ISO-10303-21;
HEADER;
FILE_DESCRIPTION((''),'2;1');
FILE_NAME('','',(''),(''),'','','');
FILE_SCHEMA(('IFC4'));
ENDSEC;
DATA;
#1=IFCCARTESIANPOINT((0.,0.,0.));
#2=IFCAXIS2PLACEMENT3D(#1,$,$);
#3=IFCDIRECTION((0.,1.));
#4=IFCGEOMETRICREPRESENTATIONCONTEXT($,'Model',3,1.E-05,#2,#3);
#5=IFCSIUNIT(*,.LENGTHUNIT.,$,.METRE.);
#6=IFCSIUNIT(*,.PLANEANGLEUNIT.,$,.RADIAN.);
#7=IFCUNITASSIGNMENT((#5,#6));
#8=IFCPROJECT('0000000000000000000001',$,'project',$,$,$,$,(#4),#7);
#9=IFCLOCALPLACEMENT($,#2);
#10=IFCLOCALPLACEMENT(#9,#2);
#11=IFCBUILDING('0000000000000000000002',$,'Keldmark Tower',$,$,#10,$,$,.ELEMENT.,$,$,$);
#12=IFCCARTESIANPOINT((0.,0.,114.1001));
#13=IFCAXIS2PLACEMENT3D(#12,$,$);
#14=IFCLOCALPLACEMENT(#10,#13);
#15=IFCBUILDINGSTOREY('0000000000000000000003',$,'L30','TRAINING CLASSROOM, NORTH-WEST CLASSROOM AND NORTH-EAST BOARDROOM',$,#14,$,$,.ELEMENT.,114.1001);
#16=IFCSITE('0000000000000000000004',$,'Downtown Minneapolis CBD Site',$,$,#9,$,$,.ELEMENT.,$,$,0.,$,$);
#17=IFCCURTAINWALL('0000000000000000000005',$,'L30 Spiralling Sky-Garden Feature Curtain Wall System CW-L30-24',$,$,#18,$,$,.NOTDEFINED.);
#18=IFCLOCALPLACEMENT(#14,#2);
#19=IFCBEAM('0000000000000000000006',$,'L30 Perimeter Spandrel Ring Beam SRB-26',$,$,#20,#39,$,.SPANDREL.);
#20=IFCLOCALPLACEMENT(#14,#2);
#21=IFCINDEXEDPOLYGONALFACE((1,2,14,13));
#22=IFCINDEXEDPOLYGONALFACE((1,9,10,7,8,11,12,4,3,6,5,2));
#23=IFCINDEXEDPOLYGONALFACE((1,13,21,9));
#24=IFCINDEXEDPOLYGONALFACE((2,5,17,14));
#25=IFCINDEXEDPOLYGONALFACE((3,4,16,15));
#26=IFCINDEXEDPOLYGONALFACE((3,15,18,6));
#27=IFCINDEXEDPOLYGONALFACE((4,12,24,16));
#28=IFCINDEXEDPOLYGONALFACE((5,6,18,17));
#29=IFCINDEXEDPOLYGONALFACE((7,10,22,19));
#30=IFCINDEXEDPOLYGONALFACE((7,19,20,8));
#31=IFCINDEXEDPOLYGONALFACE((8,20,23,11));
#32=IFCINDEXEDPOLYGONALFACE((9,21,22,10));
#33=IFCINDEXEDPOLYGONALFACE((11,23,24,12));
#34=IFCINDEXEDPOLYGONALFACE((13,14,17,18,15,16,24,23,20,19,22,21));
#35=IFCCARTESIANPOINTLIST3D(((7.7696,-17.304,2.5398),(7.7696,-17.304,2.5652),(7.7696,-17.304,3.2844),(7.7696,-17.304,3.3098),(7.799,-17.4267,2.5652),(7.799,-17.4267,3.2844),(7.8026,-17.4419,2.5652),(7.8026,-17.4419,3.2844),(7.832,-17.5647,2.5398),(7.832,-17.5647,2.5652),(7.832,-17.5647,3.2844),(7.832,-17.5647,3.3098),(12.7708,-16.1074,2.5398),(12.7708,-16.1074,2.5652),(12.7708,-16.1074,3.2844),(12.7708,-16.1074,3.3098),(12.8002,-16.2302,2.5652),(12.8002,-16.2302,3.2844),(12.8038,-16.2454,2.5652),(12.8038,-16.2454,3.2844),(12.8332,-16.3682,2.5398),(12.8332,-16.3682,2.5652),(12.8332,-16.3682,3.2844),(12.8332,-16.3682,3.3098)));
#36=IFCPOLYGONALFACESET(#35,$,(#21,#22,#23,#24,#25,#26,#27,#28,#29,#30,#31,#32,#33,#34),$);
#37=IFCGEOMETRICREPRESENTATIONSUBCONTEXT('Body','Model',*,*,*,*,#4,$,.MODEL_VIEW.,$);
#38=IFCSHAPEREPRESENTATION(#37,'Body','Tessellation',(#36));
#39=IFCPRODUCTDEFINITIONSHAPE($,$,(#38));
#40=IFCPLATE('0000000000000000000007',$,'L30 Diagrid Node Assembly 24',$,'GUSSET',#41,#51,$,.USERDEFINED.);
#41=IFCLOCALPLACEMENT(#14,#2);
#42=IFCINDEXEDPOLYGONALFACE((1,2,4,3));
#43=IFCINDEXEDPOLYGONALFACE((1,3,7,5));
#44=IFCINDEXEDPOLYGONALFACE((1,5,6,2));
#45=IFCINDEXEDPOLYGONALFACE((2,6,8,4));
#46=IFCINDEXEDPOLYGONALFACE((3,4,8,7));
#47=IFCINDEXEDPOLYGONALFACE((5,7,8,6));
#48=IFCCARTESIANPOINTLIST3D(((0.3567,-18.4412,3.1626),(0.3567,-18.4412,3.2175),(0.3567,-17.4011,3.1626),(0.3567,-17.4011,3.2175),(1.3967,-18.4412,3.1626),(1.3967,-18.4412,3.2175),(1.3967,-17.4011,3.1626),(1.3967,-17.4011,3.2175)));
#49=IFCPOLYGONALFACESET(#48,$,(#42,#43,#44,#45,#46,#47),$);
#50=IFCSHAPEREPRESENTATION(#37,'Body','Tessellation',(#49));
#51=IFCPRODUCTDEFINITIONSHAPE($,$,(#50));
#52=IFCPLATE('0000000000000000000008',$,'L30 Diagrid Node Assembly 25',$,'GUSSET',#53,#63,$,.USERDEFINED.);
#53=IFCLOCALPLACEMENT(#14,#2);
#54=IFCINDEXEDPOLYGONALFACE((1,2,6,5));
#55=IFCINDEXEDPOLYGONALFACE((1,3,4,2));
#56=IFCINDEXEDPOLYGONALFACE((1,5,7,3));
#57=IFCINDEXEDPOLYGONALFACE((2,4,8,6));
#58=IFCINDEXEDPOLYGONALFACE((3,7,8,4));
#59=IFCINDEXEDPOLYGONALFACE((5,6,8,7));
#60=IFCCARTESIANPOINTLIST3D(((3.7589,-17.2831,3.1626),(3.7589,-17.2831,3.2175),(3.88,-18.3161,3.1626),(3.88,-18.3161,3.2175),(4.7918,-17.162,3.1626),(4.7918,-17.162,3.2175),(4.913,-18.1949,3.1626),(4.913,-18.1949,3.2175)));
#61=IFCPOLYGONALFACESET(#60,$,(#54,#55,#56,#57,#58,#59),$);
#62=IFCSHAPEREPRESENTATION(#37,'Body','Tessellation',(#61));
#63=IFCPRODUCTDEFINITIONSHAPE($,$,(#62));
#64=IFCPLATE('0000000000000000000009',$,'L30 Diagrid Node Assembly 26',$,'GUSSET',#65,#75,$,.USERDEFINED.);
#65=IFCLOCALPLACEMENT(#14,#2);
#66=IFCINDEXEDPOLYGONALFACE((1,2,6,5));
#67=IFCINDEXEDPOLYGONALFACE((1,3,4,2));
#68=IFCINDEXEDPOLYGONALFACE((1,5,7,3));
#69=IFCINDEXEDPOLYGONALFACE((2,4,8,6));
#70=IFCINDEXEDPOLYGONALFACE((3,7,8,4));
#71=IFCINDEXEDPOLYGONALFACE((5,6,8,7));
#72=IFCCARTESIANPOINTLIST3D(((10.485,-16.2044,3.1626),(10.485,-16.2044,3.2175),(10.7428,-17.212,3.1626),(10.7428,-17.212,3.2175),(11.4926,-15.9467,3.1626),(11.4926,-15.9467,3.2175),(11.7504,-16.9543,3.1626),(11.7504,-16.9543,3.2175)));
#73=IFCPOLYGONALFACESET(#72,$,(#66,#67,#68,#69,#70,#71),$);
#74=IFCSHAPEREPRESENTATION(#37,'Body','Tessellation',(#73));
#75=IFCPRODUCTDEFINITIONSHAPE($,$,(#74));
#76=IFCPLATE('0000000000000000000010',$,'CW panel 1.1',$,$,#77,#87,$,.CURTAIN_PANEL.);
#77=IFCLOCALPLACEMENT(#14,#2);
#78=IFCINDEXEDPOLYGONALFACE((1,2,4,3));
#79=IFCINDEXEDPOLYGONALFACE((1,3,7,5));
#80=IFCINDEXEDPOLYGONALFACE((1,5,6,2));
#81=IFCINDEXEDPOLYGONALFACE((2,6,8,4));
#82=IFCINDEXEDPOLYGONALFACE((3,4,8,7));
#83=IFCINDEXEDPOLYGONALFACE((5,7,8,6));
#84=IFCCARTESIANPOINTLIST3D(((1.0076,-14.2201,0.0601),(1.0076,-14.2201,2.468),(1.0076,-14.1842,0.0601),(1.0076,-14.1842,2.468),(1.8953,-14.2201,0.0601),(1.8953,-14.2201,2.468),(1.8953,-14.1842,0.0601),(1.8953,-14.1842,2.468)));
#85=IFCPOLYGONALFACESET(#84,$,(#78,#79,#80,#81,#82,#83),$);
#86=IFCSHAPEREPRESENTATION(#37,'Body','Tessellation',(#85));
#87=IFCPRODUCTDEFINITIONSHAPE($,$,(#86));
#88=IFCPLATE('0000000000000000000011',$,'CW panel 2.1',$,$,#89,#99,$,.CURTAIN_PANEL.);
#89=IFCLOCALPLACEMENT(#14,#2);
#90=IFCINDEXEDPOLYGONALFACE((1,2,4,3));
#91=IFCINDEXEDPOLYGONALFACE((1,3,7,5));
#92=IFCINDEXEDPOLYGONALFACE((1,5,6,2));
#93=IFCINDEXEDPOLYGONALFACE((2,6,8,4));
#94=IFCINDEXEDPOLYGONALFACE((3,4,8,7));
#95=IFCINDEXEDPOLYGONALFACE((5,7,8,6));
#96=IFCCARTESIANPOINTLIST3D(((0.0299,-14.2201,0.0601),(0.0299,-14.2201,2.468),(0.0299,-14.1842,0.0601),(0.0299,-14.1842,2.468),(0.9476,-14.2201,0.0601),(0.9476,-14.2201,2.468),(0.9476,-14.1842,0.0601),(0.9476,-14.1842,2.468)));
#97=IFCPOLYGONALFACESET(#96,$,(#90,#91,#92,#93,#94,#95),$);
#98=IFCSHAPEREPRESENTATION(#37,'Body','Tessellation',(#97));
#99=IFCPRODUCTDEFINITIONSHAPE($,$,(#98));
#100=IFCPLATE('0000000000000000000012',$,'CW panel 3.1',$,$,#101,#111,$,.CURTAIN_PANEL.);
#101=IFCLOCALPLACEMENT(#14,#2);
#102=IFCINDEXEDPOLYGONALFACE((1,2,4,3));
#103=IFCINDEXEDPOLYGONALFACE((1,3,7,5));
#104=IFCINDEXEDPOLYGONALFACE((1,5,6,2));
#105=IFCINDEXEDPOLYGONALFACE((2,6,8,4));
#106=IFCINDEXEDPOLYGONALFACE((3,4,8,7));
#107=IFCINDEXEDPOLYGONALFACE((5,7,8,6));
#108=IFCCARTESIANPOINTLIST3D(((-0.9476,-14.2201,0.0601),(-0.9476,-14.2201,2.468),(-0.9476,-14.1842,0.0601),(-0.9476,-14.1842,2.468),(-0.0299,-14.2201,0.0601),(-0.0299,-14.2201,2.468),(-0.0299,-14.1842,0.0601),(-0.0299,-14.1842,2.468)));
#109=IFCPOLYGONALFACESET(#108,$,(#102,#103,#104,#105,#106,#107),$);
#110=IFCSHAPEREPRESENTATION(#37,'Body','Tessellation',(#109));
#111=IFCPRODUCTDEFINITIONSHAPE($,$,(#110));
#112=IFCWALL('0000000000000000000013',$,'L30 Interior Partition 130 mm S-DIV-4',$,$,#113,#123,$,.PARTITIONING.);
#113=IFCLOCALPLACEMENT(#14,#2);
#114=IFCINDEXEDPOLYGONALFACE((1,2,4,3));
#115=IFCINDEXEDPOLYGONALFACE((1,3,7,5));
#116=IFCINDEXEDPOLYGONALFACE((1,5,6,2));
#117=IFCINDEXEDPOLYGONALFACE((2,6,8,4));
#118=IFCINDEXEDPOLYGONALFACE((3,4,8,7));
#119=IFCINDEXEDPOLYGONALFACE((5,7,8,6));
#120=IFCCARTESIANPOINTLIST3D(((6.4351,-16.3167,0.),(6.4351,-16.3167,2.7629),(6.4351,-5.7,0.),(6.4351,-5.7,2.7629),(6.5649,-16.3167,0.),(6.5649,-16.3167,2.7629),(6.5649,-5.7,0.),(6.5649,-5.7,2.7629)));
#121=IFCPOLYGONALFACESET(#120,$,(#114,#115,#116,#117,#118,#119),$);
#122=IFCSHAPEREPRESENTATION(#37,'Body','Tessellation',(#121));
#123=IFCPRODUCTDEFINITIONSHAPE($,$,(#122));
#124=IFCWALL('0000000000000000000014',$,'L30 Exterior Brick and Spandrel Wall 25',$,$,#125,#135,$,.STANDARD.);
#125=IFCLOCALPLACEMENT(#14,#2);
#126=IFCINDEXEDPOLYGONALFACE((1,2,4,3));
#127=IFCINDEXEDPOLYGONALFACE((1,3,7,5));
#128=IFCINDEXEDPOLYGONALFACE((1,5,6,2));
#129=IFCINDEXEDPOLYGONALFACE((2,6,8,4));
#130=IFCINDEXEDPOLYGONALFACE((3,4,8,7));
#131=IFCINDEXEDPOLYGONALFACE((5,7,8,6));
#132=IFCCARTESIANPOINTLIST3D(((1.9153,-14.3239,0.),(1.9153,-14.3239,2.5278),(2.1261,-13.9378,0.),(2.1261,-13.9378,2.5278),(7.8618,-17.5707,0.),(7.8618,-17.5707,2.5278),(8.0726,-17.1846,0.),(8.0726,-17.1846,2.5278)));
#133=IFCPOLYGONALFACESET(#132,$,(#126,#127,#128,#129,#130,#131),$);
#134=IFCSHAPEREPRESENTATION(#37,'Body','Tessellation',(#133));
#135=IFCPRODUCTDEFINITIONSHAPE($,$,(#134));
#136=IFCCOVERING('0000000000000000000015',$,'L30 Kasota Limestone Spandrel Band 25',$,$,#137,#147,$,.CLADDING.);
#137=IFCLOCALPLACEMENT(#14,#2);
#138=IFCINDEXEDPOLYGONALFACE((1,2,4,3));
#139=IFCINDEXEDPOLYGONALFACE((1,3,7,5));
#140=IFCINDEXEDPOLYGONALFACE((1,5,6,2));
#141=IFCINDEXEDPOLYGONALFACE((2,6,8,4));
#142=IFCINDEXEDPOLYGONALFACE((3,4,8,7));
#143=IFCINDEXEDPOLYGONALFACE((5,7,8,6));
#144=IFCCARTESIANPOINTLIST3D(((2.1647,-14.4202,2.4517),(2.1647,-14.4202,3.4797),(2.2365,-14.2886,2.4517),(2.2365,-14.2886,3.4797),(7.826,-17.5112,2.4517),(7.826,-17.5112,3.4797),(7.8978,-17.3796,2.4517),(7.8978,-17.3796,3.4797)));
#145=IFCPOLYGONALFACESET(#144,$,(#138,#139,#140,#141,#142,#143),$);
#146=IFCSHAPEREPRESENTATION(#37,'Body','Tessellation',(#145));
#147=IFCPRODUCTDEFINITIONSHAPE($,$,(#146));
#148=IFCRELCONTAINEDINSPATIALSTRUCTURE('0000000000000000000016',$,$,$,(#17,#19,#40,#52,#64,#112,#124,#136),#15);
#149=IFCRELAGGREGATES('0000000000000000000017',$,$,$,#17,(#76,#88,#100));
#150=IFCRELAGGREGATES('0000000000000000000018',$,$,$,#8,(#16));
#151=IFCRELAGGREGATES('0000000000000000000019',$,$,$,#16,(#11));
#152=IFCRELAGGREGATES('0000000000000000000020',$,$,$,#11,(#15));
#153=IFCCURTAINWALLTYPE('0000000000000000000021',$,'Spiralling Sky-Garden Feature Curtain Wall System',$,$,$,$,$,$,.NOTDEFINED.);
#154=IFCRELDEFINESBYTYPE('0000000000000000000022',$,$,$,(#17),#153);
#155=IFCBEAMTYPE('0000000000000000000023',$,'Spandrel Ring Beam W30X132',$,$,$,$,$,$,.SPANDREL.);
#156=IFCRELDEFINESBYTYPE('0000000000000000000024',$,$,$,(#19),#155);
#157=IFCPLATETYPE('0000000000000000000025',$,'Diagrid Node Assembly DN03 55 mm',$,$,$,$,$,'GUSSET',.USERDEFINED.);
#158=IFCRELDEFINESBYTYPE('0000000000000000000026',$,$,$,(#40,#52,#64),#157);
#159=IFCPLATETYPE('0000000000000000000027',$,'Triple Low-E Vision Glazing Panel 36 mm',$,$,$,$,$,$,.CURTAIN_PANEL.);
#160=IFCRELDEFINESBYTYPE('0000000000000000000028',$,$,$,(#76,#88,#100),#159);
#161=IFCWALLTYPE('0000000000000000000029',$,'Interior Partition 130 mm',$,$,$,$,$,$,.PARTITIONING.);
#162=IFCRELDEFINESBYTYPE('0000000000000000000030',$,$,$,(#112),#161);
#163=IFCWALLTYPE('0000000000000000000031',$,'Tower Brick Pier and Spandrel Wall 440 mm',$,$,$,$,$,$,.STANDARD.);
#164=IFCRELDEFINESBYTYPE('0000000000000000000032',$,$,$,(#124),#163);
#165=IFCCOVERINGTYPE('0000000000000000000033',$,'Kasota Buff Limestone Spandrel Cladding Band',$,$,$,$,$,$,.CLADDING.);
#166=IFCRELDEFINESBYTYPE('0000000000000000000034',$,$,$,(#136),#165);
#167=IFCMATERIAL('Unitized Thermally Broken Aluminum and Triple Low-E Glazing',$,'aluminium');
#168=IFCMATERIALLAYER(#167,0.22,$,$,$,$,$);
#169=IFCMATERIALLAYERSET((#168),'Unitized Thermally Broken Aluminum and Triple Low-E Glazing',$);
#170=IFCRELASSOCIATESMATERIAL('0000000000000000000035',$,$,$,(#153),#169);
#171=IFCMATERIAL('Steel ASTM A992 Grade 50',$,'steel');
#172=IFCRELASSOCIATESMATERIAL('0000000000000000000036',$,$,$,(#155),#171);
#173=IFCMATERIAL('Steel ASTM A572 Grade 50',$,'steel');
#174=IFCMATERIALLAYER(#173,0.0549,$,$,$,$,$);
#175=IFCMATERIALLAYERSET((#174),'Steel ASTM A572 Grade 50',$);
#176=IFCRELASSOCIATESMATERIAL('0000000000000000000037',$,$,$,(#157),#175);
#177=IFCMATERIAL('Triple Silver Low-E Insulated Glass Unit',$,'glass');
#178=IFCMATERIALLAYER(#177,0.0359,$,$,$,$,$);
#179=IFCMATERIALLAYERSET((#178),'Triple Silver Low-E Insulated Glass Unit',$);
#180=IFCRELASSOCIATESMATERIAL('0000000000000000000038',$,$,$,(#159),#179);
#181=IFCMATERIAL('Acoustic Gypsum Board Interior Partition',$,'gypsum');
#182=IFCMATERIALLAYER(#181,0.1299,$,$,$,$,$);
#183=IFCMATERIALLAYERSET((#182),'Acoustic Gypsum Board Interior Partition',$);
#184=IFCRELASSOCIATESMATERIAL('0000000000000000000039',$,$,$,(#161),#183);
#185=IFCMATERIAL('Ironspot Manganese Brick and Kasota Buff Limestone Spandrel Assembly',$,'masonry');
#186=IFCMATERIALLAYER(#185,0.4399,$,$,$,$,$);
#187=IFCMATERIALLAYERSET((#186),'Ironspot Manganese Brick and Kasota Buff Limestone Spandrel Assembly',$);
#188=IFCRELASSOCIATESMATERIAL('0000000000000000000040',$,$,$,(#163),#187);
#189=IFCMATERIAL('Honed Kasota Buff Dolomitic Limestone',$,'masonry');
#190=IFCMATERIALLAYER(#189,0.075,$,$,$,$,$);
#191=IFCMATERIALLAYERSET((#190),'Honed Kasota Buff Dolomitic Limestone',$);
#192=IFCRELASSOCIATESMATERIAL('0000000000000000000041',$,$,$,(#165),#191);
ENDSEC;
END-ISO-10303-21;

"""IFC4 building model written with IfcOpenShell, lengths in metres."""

from ifc_helpers import new_model, si_unit, direction, frame, frame_2d, origin, origin_2d, place, context, subcontext, project, spatial, rectangle, i_section, extrude, material, layer, layer_set, material_profile, profile_set, type_object, element, aggregate, save


model = new_model("IFC4")

# Units and contexts
model_context = context("Model", 3, precision=1e-05, world=origin(), true_north=direction((0.0, 1.0)))
body_context = subcontext(model_context, "Body", "Model", "MODEL_VIEW")
ifc_project = project(units=[si_unit("LENGTHUNIT", "METRE"), si_unit("PLANEANGLEUNIT", "RADIAN")], contexts=[model_context])

# Site, building, storey
site_placement = place(None, origin())
site = spatial("IfcSite", under=ifc_project, at=site_placement, Name="Downtown Minneapolis CBD Site", CompositionType="ELEMENT", RefElevation=0.0)
building_placement = place(site_placement, origin())
building = spatial("IfcBuilding", under=site, at=building_placement, Name="Keldmark Tower", CompositionType="ELEMENT")
storey_placement = place(building_placement, frame((0.0, 0.0, 114.1001)))
storey = spatial("IfcBuildingStorey", under=building, at=storey_placement, Name="L30", Description="TRAINING CLASSROOM, NORTH-WEST CLASSROOM AND NORTH-EAST BOARDROOM", CompositionType="ELEMENT", Elevation=114.1001)

# Curtain wall
ifc_material_1 = material(Name="Unitized Thermally Broken Aluminum and Triple Low-E Glazing", Category="aluminium")
ifc_layer_1 = layer(ifc_material_1, 0.22)
ifc_layer_set_1 = layer_set([ifc_layer_1], Name="Unitized Thermally Broken Aluminum and Triple Low-E Glazing")
curtain_wall_type = type_object("IfcCurtainWallType", Name="Spiralling Sky-Garden Feature Curtain Wall System", PredefinedType="NOTDEFINED", material=ifc_layer_set_1)
curtain_wall_placement = place(storey_placement, origin())
curtain_wall = element("IfcCurtainWall", 1, at=curtain_wall_placement, inside=storey, type_object=curtain_wall_type, Name="L30 Spiralling Sky-Garden Feature Curtain Wall System CW-L30-24", PredefinedType="NOTDEFINED")

# Beam
ifc_material_2 = material(Name="Steel ASTM A992 Grade 50", Category="steel")
ifc_material_profile_1 = material_profile(ifc_material_2, i_section(OverallWidth=0.2681, OverallDepth=0.77, WebThickness=0.0156, FlangeThickness=0.0254, at=origin_2d()), Name="W30X132")
ifc_profile_set_1 = profile_set([ifc_material_profile_1], Name="Steel ASTM A992 Grade 50")
beam_type_1 = type_object("IfcBeamType", Name="Spandrel Ring Beam W30X132", PredefinedType="SPANDREL", material=ifc_profile_set_1)
beam_1_placement = place(storey_placement, frame((7.8008, -17.4343, 2.9248), z_axis=(0.972553, 0.232682, 0.0), x_axis=(-0.232682, 0.972553, 0.0)))
element("IfcBeam", 2, at=beam_1_placement, inside=storey, type_object=beam_type_1, Name="L30 Perimeter Spandrel Ring Beam SRB-26", PredefinedType="SPANDREL", context=body_context, shape_type="SweptSolid", body=[
    extrude(i_section(OverallWidth=0.2681, OverallDepth=0.77, WebThickness=0.0156, FlangeThickness=0.0254, at=origin_2d()), origin(), (0.0, 0.0, 1.0), 5.1423),
])

# Plates
ifc_material_3 = material(Name="Steel ASTM A572 Grade 50", Category="steel")
ifc_layer_2 = layer(ifc_material_3, 0.0549)
ifc_layer_set_2 = layer_set([ifc_layer_2], Name="Steel ASTM A572 Grade 50")
plate_type_1 = type_object("IfcPlateType", Name="Diagrid Node Assembly DN03 55 mm", ElementType="GUSSET", PredefinedType="USERDEFINED", material=ifc_layer_set_2)
for number, where, z_axis, x_axis, name in (
    (3, (0.8767, -17.9211, 3.1626), (0.0, 0.0, 1.0), (1.0, 0.0, 0.0), "L30 Diagrid Node Assembly 24"),
    (4, (4.3359, -17.739, 3.1626), (0.0, 0.0, 1.0), (0.993191, 0.116497, 0.0), "L30 Diagrid Node Assembly 25"),
    (5, (11.1177, -16.5793, 3.1626), (0.0, 0.0, 1.0), (0.9688, 0.247845, 0.0), "L30 Diagrid Node Assembly 26"),
):
    element("IfcPlate", number, at=place(storey_placement, frame(where, z_axis=z_axis, x_axis=x_axis)), inside=storey, type_object=plate_type_1, Name=name, ObjectType="GUSSET", PredefinedType="USERDEFINED", context=body_context, shape_type="SweptSolid", body=[
        extrude(rectangle(XDim=1.04, YDim=1.04, at=origin_2d()), origin(), (0.0, 0.0, 1.0), 0.0549),
    ])

# Plates
ifc_material_4 = material(Name="Triple Silver Low-E Insulated Glass Unit", Category="glass")
ifc_layer_3 = layer(ifc_material_4, 0.0359)
ifc_layer_set_3 = layer_set([ifc_layer_3], Name="Triple Silver Low-E Insulated Glass Unit")
plate_type_2 = type_object("IfcPlateType", Name="Triple Low-E Vision Glazing Panel 36 mm", PredefinedType="CURTAIN_PANEL", material=ifc_layer_set_3)
plate_1_placement = place(storey_placement, frame((1.4514, -14.2021, 0.0601), z_axis=(0.0, 0.0, 1.0), x_axis=(-1.0, 0.0, 0.0)))
plate_1 = element("IfcPlate", 6, at=plate_1_placement, type_object=plate_type_2, Name="CW panel 1.1", PredefinedType="CURTAIN_PANEL", context=body_context, shape_type="SweptSolid", body=[
    extrude(rectangle(XDim=0.8877, YDim=0.0359, at=origin_2d()), origin(), (0.0, 0.0, 1.0), 2.408),
])
plate_2_placement = place(storey_placement, frame((0.4888, -14.2021, 0.0601), z_axis=(0.0, 0.0, 1.0), x_axis=(-1.0, 0.0, 0.0)))
plate_2 = element("IfcPlate", 7, at=plate_2_placement, type_object=plate_type_2, Name="CW panel 2.1", PredefinedType="CURTAIN_PANEL", context=body_context, shape_type="SweptSolid", body=[
    extrude(rectangle(XDim=0.9177, YDim=0.0359, at=origin_2d()), origin(), (0.0, 0.0, 1.0), 2.408),
])
plate_3_placement = place(storey_placement, frame((-0.4888, -14.2021, 0.0601), z_axis=(0.0, 0.0, 1.0), x_axis=(-1.0, 0.0, 0.0)))
plate_3 = element("IfcPlate", 8, at=plate_3_placement, type_object=plate_type_2, Name="CW panel 3.1", PredefinedType="CURTAIN_PANEL", context=body_context, shape_type="SweptSolid", body=[
    extrude(rectangle(XDim=0.9177, YDim=0.0359, at=origin_2d()), origin(), (0.0, 0.0, 1.0), 2.408),
])
aggregate(curtain_wall, [plate_1, plate_2, plate_3])

# Walls
ifc_material_5 = material(Name="Acoustic Gypsum Board Interior Partition", Category="gypsum")
ifc_layer_4 = layer(ifc_material_5, 0.1299)
ifc_layer_set_4 = layer_set([ifc_layer_4], Name="Acoustic Gypsum Board Interior Partition")
wall_type_1 = type_object("IfcWallType", Name="Interior Partition 130 mm", PredefinedType="PARTITIONING", material=ifc_layer_set_4)
wall_1_placement = place(storey_placement, frame((6.5, -16.3167, 0.0), z_axis=(0.0, 0.0, 1.0), x_axis=(0.0, 1.0, 0.0)))
element("IfcWall", 9, at=wall_1_placement, inside=storey, type_object=wall_type_1, Name="L30 Interior Partition 130 mm S-DIV-4", PredefinedType="PARTITIONING", context=body_context, shape_type="SweptSolid", body=[
    extrude(rectangle(XDim=10.6167, YDim=0.1299, at=frame_2d((5.3083, 0.0))), origin(), (0.0, 0.0, 1.0), 2.7629),
])
ifc_material_6 = material(Name="Ironspot Manganese Brick and Kasota Buff Limestone Spandrel Assembly", Category="masonry")
ifc_layer_5 = layer(ifc_material_6, 0.4399)
ifc_layer_set_5 = layer_set([ifc_layer_5], Name="Ironspot Manganese Brick and Kasota Buff Limestone Spandrel Assembly")
wall_type_2 = type_object("IfcWallType", Name="Tower Brick Pier and Spandrel Wall 440 mm", PredefinedType="STANDARD", material=ifc_layer_set_5)
wall_2_placement = place(storey_placement, frame((7.9673, -17.3777, 0.0), z_axis=(0.0, 0.0, 1.0), x_axis=(-0.877693, 0.479223, 0.0)))
element("IfcWall", 10, at=wall_2_placement, inside=storey, type_object=wall_type_2, Name="L30 Exterior Brick and Spandrel Wall 25", PredefinedType="STANDARD", context=body_context, shape_type="SweptSolid", body=[
    extrude(rectangle(XDim=6.7751, YDim=0.4399, at=frame_2d((3.3877, 0.0))), origin(), (0.0, 0.0, 1.0), 2.5278),
])

# Covering
ifc_material_7 = material(Name="Honed Kasota Buff Dolomitic Limestone", Category="masonry")
ifc_layer_6 = layer(ifc_material_7, 0.075)
ifc_layer_set_6 = layer_set([ifc_layer_6], Name="Honed Kasota Buff Dolomitic Limestone")
covering_type = type_object("IfcCoveringType", Name="Kasota Buff Limestone Spandrel Cladding Band", PredefinedType="CLADDING", material=ifc_layer_set_6)
covering_placement = place(storey_placement, frame((5.0312, -15.8999, 2.4517), z_axis=(0.0, 0.0, 1.0), x_axis=(0.877699, -0.479213, 0.0)))
element("IfcCovering", 11, at=covering_placement, inside=storey, type_object=covering_type, Name="L30 Kasota Limestone Spandrel Band 25", PredefinedType="CLADDING", context=body_context, shape_type="SweptSolid", body=[
    extrude(rectangle(XDim=6.4502, YDim=0.1499, at=origin_2d()), origin(), (0.0, 0.0, 1.0), 1.0281),
])

save(model, "model.ifc")
